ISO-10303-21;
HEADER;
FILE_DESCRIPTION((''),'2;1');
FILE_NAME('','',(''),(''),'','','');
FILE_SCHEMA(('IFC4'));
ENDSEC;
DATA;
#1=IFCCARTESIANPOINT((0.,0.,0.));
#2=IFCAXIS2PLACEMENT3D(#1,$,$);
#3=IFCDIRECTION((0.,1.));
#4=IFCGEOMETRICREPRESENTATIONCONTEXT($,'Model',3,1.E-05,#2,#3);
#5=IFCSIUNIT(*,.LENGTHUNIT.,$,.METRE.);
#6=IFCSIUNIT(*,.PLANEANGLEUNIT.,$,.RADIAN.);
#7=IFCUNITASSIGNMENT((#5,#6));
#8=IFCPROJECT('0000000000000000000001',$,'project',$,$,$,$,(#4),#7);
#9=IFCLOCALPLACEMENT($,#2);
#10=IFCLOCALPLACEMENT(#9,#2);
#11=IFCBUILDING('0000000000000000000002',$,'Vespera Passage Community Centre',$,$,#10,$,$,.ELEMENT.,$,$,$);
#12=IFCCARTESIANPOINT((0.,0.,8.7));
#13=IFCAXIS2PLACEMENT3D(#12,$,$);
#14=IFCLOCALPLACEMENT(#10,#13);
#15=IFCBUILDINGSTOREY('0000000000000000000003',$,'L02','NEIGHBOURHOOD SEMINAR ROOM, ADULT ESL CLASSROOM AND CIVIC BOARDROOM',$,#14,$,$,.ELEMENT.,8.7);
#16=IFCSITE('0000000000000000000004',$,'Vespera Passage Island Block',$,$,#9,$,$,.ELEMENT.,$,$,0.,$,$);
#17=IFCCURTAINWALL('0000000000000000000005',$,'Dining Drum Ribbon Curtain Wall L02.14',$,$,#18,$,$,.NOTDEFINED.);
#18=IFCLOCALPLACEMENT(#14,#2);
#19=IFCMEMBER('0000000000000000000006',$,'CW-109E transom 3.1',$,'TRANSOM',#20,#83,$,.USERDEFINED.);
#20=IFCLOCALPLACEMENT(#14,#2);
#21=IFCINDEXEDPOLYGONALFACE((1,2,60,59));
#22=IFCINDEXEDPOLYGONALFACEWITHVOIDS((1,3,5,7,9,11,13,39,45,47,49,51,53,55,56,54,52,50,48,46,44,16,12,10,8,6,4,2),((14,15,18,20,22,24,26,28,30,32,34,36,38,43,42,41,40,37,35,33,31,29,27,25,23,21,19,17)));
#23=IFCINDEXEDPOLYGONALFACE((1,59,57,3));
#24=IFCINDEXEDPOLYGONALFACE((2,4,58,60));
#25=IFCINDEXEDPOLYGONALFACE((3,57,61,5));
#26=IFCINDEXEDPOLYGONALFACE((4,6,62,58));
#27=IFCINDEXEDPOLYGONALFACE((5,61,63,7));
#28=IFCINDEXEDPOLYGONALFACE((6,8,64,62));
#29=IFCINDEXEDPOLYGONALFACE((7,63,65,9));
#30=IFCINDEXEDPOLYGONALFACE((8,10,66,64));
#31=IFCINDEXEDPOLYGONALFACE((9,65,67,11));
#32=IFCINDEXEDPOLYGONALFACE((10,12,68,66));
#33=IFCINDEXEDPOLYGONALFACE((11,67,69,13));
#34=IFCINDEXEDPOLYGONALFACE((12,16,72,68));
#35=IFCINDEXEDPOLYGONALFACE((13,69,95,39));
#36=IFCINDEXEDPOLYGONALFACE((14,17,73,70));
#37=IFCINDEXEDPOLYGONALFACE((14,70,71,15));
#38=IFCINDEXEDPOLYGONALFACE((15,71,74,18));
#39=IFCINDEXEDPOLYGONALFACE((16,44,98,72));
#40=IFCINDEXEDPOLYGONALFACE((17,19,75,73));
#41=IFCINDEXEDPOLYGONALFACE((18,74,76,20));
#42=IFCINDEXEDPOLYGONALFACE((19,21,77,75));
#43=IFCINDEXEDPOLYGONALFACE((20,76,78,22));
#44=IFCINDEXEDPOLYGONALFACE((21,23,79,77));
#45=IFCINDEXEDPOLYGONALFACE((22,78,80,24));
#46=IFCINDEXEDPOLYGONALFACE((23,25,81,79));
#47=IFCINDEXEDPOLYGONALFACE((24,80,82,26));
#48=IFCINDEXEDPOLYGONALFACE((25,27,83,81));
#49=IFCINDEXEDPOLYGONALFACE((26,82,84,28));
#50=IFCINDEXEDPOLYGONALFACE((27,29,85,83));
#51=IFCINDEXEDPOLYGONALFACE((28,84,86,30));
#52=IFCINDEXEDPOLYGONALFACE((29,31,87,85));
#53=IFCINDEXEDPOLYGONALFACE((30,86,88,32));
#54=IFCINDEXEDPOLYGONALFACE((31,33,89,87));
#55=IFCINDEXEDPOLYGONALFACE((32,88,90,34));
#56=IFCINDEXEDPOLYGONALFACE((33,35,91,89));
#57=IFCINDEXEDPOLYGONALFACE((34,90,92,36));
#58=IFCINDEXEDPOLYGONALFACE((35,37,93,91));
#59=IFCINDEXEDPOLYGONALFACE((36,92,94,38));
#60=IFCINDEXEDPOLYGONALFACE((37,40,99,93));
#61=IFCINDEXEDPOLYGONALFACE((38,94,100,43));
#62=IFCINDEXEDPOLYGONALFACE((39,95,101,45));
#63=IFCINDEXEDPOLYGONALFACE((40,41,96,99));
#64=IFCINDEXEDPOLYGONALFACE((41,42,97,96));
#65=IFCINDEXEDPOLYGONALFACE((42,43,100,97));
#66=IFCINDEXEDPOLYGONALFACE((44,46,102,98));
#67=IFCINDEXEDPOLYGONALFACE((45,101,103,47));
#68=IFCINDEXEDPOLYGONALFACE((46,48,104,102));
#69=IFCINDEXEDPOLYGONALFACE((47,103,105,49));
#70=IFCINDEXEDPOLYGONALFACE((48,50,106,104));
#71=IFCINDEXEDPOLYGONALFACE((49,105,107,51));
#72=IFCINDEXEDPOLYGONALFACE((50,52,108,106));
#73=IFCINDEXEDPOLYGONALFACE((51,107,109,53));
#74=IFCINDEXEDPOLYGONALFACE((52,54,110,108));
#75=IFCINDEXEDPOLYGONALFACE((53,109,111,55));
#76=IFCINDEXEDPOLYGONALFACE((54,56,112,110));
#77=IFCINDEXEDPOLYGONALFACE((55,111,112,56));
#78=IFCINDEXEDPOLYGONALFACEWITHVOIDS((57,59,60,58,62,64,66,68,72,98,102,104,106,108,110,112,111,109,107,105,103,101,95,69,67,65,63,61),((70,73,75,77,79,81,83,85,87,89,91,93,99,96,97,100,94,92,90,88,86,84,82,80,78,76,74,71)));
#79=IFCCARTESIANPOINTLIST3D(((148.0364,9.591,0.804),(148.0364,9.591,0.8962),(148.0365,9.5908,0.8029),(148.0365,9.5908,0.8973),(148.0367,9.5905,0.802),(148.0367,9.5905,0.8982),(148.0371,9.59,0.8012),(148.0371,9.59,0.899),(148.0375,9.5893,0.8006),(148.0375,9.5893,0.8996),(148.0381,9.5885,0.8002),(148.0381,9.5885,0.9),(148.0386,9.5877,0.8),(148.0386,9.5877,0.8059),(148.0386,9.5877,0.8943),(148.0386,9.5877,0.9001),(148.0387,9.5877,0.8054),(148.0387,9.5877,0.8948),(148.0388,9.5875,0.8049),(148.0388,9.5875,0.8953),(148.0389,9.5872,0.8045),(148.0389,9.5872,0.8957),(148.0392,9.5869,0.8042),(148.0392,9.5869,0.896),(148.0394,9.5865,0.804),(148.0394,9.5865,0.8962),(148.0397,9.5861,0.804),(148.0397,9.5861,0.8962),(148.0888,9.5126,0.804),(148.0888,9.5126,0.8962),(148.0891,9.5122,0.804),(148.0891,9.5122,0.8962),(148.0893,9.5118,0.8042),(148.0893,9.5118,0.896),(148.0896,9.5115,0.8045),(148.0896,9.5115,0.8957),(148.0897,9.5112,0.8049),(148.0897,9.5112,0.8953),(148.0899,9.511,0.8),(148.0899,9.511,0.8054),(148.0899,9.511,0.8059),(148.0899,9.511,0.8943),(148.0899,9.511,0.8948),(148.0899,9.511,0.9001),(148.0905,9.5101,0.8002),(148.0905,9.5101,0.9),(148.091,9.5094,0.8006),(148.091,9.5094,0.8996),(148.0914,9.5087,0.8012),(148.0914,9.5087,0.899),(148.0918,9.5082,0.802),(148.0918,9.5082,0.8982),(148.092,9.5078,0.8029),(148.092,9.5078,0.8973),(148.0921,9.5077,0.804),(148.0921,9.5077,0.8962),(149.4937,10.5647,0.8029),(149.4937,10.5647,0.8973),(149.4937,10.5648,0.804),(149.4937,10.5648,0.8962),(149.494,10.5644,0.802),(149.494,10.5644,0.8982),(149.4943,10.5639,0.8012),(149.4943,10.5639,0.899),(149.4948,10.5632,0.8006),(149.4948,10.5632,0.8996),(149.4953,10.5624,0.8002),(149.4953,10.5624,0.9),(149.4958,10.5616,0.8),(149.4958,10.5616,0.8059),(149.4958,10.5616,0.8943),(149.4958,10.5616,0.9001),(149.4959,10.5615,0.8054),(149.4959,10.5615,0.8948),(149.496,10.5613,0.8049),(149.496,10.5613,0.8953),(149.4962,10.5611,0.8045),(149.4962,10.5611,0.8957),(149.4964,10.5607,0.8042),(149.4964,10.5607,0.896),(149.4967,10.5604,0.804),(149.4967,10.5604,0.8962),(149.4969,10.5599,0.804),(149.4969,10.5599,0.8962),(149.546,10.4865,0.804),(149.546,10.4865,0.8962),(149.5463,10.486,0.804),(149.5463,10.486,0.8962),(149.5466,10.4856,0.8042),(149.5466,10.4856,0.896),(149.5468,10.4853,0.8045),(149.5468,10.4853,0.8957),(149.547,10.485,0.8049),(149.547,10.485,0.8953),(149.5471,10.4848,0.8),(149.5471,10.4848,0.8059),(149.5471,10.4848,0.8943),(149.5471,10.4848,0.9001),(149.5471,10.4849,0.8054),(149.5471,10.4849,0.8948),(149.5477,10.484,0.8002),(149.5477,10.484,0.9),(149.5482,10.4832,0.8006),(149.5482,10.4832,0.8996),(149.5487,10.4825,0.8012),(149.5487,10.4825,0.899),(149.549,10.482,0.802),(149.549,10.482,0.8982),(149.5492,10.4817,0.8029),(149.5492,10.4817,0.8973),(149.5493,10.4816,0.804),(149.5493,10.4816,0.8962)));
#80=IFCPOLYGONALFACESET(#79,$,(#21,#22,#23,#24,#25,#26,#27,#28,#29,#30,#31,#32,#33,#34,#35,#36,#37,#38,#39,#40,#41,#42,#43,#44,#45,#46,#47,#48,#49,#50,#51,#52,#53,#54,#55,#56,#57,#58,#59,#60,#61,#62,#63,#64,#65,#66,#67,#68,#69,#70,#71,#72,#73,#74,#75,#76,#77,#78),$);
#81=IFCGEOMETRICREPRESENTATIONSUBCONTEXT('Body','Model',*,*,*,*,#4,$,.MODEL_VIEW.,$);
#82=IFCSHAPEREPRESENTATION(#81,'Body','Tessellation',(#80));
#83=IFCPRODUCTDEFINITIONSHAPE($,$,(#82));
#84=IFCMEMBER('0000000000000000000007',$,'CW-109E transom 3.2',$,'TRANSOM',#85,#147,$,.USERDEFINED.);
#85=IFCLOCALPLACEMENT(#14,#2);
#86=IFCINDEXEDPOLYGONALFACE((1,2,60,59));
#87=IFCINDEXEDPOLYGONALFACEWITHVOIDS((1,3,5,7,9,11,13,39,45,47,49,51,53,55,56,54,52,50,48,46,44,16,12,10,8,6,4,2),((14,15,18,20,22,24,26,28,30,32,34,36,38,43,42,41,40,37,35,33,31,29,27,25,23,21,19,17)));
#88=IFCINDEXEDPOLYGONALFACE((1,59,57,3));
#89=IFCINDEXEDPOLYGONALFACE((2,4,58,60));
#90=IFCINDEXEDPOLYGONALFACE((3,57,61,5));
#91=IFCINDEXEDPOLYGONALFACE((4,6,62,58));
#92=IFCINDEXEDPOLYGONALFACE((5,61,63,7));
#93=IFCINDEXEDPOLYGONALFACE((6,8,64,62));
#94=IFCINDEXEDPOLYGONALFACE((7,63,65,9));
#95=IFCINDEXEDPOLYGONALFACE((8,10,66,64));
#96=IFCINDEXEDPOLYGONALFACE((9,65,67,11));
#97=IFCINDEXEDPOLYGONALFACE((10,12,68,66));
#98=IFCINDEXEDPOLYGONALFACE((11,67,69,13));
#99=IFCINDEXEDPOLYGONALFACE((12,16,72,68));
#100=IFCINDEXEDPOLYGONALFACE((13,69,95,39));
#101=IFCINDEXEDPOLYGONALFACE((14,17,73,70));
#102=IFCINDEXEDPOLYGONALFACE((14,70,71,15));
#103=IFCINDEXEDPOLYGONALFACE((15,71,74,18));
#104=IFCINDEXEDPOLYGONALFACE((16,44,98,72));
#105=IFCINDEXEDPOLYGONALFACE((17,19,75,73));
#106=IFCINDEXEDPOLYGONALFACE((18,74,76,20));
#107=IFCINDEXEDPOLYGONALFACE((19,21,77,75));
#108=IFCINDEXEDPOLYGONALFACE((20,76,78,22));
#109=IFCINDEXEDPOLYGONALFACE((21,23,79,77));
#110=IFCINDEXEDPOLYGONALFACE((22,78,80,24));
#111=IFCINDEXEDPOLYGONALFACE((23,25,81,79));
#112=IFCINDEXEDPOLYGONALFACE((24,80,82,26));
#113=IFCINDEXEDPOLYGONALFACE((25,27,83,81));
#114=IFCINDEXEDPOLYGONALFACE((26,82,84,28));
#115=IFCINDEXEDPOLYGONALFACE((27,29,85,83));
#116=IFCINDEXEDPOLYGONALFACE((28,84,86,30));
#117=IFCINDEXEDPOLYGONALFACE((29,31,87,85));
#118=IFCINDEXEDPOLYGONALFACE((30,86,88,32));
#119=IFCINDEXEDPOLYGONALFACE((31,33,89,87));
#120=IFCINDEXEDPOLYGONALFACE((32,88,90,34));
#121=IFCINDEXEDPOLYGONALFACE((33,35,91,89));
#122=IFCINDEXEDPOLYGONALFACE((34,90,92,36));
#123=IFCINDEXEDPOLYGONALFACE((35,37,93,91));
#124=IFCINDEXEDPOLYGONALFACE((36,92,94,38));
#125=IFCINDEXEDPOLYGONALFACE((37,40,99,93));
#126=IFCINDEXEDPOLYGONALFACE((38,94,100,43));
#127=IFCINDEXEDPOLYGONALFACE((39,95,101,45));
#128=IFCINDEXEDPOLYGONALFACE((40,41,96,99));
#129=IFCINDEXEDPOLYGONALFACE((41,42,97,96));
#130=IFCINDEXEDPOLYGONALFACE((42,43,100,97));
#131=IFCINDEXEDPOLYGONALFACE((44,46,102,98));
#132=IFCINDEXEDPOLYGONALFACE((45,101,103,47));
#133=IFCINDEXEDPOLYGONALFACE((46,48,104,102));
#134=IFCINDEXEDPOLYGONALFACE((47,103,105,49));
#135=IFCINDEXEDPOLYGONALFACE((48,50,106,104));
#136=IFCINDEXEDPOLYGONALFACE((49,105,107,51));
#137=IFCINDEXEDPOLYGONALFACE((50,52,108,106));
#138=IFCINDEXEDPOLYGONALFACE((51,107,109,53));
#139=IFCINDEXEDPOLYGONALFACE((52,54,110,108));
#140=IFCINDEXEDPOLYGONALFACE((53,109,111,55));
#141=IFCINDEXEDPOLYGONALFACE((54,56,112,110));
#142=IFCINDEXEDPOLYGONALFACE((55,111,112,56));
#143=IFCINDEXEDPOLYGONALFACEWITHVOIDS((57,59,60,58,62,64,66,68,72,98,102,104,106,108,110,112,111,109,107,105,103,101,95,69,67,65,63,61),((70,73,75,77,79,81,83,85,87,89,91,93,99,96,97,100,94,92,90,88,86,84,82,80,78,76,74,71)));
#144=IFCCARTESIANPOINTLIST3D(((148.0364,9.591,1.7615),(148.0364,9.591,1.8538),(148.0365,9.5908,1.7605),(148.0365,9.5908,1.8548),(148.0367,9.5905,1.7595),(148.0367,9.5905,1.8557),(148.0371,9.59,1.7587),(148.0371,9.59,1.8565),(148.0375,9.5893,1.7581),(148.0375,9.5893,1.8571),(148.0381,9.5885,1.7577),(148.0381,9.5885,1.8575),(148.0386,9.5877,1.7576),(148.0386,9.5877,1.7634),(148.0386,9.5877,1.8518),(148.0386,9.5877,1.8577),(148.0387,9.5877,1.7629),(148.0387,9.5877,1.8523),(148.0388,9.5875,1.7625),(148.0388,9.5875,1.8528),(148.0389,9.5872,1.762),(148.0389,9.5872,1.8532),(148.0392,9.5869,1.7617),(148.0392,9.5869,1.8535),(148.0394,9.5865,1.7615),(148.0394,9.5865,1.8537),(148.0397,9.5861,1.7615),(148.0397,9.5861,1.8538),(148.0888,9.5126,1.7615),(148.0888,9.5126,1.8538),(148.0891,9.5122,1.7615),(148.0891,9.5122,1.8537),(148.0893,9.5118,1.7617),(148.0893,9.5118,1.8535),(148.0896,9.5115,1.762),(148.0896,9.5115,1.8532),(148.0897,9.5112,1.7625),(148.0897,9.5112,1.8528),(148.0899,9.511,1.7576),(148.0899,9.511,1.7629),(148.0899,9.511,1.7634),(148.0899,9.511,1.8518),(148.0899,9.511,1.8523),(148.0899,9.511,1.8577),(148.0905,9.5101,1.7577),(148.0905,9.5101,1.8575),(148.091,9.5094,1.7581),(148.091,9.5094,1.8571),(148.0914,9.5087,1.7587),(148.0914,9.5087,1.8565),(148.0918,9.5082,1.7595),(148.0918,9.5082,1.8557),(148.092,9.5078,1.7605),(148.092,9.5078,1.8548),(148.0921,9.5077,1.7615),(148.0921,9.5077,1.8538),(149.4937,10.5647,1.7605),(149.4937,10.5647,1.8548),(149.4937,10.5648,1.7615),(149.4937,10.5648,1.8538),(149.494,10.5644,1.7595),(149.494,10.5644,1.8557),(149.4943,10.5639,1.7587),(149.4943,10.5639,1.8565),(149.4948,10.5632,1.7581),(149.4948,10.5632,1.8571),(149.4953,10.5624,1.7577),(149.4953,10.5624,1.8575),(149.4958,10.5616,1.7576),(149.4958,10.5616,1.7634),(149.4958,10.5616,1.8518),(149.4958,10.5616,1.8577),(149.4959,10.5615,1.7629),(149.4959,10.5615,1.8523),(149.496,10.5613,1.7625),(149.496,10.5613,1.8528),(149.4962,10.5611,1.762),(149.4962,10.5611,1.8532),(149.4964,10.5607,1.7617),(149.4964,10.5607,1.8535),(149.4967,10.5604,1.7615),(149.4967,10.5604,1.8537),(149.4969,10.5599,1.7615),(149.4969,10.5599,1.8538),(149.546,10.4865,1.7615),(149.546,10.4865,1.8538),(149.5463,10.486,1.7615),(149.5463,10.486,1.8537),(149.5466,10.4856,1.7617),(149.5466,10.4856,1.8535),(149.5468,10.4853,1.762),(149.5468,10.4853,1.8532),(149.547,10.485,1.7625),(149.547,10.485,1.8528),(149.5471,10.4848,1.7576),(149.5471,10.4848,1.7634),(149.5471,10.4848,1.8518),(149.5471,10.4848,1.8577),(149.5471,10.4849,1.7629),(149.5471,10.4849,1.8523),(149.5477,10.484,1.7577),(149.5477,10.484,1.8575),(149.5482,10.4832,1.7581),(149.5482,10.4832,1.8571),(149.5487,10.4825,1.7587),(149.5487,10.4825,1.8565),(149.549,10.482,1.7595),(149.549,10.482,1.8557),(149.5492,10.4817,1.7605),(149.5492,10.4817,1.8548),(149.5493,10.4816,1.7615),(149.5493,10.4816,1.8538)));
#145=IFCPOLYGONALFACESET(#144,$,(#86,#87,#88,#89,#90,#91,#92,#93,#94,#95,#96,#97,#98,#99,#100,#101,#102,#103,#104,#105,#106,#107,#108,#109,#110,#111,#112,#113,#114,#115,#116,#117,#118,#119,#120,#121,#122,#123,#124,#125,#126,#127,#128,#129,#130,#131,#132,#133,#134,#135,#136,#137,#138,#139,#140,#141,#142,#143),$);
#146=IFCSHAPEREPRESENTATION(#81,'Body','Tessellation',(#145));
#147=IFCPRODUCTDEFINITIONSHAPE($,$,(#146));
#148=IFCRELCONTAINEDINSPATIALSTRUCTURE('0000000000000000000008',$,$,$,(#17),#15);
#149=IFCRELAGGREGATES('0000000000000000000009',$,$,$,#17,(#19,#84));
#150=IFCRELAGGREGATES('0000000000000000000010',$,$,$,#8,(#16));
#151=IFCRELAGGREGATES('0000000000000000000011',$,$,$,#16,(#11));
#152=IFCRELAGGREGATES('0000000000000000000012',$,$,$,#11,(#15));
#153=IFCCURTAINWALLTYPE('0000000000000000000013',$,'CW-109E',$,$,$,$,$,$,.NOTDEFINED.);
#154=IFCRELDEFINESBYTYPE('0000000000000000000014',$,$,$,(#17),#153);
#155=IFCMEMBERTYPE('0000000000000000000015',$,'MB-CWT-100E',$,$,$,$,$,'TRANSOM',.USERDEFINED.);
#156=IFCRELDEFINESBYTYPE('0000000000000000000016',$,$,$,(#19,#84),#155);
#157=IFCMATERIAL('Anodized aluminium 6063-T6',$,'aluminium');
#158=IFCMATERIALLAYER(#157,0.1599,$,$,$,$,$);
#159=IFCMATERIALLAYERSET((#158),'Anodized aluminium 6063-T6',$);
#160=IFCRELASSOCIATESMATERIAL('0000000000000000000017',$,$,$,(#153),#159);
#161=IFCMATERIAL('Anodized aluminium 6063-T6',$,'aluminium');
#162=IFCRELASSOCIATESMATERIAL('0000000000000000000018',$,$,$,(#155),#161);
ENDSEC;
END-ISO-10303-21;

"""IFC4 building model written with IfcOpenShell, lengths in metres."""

from ifc_helpers import new_model, si_unit, direction, frame, origin, origin_2d, place, context, subcontext, project, spatial, hollow_rectangle, extrude, material, layer, layer_set, material_profile, profile_set, type_object, element, aggregate, save


model = new_model("IFC4")

# Units and contexts
model_context = context("Model", 3, precision=1e-05, world=origin(), true_north=direction((0.0, 1.0)))
body_context = subcontext(model_context, "Body", "Model", "MODEL_VIEW")
ifc_project = project(units=[si_unit("LENGTHUNIT", "METRE"), si_unit("PLANEANGLEUNIT", "RADIAN")], contexts=[model_context])

# Site, building, storey
site_placement = place(None, origin())
site = spatial("IfcSite", under=ifc_project, at=site_placement, Name="Vespera Passage Island Block", CompositionType="ELEMENT", RefElevation=0.0)
building_placement = place(site_placement, origin())
building = spatial("IfcBuilding", under=site, at=building_placement, Name="Vespera Passage Community Centre", CompositionType="ELEMENT")
storey_placement = place(building_placement, frame((0.0, 0.0, 8.7)))
storey = spatial("IfcBuildingStorey", under=building, at=storey_placement, Name="L02", Description="NEIGHBOURHOOD SEMINAR ROOM, ADULT ESL CLASSROOM AND CIVIC BOARDROOM", CompositionType="ELEMENT", Elevation=8.7)

# Curtain wall
ifc_material_1 = material(Name="Anodized aluminium 6063-T6", Category="aluminium")
ifc_layer_1 = layer(ifc_material_1, 0.1599)
ifc_layer_set_1 = layer_set([ifc_layer_1], Name="Anodized aluminium 6063-T6")
curtain_wall_type_1 = type_object("IfcCurtainWallType", Name="CW-109E", PredefinedType="NOTDEFINED", material=ifc_layer_set_1)
curtain_wall_1_placement = place(storey_placement, origin())
curtain_wall_1 = element("IfcCurtainWall", 1, at=curtain_wall_1_placement, inside=storey, type_object=curtain_wall_type_1, Name="Dining Drum Ribbon Curtain Wall L02.14", PredefinedType="NOTDEFINED")

# Members
ifc_material_2 = material(Name="Anodized aluminium 6063-T6", Category="aluminium")
ifc_material_profile_1 = material_profile(ifc_material_2, hollow_rectangle(XDim=0.1001, YDim=0.1001, WallThickness=0.0039, InnerFilletRadius=0.002, OuterFilletRadius=0.0039, at=origin_2d()), Name="ALU100X100X4")
ifc_profile_set_1 = profile_set([ifc_material_profile_1], Name="Anodized aluminium 6063-T6")
member_type_1 = type_object("IfcMemberType", Name="MB-CWT-100E", ElementType="TRANSOM", PredefinedType="USERDEFINED", material=ifc_profile_set_1)
member_1_placement = place(storey_placement, frame((149.5215, 10.5232, 0.8501), z_axis=(-0.831428, -0.555632, 0.0), x_axis=(0.555632, -0.831428, 0.0)))
member_1 = element("IfcMember", 2, at=member_1_placement, type_object=member_type_1, Name="CW-109E transom 3.1", ObjectType="TRANSOM", PredefinedType="USERDEFINED", context=body_context, shape_type="SweptSolid", body=[
    extrude(hollow_rectangle(XDim=0.1001, YDim=0.1001, WallThickness=0.0039, InnerFilletRadius=0.002, OuterFilletRadius=0.0039, at=origin_2d()), origin(), (0.0, 0.0, 1.0), 1.7527),
])
member_2_placement = place(storey_placement, frame((149.5215, 10.5232, 1.8076), z_axis=(-0.831428, -0.555632, 0.0), x_axis=(0.555632, -0.831428, 0.0)))
member_2 = element("IfcMember", 3, at=member_2_placement, type_object=member_type_1, Name="CW-109E transom 3.2", ObjectType="TRANSOM", PredefinedType="USERDEFINED", context=body_context, shape_type="SweptSolid", body=[
    extrude(hollow_rectangle(XDim=0.1001, YDim=0.1001, WallThickness=0.0039, InnerFilletRadius=0.002, OuterFilletRadius=0.0039, at=origin_2d()), origin(), (0.0, 0.0, 1.0), 1.7527),
])

aggregate(curtain_wall_1, [member_1, member_2])

save(model, "model.ifc")
